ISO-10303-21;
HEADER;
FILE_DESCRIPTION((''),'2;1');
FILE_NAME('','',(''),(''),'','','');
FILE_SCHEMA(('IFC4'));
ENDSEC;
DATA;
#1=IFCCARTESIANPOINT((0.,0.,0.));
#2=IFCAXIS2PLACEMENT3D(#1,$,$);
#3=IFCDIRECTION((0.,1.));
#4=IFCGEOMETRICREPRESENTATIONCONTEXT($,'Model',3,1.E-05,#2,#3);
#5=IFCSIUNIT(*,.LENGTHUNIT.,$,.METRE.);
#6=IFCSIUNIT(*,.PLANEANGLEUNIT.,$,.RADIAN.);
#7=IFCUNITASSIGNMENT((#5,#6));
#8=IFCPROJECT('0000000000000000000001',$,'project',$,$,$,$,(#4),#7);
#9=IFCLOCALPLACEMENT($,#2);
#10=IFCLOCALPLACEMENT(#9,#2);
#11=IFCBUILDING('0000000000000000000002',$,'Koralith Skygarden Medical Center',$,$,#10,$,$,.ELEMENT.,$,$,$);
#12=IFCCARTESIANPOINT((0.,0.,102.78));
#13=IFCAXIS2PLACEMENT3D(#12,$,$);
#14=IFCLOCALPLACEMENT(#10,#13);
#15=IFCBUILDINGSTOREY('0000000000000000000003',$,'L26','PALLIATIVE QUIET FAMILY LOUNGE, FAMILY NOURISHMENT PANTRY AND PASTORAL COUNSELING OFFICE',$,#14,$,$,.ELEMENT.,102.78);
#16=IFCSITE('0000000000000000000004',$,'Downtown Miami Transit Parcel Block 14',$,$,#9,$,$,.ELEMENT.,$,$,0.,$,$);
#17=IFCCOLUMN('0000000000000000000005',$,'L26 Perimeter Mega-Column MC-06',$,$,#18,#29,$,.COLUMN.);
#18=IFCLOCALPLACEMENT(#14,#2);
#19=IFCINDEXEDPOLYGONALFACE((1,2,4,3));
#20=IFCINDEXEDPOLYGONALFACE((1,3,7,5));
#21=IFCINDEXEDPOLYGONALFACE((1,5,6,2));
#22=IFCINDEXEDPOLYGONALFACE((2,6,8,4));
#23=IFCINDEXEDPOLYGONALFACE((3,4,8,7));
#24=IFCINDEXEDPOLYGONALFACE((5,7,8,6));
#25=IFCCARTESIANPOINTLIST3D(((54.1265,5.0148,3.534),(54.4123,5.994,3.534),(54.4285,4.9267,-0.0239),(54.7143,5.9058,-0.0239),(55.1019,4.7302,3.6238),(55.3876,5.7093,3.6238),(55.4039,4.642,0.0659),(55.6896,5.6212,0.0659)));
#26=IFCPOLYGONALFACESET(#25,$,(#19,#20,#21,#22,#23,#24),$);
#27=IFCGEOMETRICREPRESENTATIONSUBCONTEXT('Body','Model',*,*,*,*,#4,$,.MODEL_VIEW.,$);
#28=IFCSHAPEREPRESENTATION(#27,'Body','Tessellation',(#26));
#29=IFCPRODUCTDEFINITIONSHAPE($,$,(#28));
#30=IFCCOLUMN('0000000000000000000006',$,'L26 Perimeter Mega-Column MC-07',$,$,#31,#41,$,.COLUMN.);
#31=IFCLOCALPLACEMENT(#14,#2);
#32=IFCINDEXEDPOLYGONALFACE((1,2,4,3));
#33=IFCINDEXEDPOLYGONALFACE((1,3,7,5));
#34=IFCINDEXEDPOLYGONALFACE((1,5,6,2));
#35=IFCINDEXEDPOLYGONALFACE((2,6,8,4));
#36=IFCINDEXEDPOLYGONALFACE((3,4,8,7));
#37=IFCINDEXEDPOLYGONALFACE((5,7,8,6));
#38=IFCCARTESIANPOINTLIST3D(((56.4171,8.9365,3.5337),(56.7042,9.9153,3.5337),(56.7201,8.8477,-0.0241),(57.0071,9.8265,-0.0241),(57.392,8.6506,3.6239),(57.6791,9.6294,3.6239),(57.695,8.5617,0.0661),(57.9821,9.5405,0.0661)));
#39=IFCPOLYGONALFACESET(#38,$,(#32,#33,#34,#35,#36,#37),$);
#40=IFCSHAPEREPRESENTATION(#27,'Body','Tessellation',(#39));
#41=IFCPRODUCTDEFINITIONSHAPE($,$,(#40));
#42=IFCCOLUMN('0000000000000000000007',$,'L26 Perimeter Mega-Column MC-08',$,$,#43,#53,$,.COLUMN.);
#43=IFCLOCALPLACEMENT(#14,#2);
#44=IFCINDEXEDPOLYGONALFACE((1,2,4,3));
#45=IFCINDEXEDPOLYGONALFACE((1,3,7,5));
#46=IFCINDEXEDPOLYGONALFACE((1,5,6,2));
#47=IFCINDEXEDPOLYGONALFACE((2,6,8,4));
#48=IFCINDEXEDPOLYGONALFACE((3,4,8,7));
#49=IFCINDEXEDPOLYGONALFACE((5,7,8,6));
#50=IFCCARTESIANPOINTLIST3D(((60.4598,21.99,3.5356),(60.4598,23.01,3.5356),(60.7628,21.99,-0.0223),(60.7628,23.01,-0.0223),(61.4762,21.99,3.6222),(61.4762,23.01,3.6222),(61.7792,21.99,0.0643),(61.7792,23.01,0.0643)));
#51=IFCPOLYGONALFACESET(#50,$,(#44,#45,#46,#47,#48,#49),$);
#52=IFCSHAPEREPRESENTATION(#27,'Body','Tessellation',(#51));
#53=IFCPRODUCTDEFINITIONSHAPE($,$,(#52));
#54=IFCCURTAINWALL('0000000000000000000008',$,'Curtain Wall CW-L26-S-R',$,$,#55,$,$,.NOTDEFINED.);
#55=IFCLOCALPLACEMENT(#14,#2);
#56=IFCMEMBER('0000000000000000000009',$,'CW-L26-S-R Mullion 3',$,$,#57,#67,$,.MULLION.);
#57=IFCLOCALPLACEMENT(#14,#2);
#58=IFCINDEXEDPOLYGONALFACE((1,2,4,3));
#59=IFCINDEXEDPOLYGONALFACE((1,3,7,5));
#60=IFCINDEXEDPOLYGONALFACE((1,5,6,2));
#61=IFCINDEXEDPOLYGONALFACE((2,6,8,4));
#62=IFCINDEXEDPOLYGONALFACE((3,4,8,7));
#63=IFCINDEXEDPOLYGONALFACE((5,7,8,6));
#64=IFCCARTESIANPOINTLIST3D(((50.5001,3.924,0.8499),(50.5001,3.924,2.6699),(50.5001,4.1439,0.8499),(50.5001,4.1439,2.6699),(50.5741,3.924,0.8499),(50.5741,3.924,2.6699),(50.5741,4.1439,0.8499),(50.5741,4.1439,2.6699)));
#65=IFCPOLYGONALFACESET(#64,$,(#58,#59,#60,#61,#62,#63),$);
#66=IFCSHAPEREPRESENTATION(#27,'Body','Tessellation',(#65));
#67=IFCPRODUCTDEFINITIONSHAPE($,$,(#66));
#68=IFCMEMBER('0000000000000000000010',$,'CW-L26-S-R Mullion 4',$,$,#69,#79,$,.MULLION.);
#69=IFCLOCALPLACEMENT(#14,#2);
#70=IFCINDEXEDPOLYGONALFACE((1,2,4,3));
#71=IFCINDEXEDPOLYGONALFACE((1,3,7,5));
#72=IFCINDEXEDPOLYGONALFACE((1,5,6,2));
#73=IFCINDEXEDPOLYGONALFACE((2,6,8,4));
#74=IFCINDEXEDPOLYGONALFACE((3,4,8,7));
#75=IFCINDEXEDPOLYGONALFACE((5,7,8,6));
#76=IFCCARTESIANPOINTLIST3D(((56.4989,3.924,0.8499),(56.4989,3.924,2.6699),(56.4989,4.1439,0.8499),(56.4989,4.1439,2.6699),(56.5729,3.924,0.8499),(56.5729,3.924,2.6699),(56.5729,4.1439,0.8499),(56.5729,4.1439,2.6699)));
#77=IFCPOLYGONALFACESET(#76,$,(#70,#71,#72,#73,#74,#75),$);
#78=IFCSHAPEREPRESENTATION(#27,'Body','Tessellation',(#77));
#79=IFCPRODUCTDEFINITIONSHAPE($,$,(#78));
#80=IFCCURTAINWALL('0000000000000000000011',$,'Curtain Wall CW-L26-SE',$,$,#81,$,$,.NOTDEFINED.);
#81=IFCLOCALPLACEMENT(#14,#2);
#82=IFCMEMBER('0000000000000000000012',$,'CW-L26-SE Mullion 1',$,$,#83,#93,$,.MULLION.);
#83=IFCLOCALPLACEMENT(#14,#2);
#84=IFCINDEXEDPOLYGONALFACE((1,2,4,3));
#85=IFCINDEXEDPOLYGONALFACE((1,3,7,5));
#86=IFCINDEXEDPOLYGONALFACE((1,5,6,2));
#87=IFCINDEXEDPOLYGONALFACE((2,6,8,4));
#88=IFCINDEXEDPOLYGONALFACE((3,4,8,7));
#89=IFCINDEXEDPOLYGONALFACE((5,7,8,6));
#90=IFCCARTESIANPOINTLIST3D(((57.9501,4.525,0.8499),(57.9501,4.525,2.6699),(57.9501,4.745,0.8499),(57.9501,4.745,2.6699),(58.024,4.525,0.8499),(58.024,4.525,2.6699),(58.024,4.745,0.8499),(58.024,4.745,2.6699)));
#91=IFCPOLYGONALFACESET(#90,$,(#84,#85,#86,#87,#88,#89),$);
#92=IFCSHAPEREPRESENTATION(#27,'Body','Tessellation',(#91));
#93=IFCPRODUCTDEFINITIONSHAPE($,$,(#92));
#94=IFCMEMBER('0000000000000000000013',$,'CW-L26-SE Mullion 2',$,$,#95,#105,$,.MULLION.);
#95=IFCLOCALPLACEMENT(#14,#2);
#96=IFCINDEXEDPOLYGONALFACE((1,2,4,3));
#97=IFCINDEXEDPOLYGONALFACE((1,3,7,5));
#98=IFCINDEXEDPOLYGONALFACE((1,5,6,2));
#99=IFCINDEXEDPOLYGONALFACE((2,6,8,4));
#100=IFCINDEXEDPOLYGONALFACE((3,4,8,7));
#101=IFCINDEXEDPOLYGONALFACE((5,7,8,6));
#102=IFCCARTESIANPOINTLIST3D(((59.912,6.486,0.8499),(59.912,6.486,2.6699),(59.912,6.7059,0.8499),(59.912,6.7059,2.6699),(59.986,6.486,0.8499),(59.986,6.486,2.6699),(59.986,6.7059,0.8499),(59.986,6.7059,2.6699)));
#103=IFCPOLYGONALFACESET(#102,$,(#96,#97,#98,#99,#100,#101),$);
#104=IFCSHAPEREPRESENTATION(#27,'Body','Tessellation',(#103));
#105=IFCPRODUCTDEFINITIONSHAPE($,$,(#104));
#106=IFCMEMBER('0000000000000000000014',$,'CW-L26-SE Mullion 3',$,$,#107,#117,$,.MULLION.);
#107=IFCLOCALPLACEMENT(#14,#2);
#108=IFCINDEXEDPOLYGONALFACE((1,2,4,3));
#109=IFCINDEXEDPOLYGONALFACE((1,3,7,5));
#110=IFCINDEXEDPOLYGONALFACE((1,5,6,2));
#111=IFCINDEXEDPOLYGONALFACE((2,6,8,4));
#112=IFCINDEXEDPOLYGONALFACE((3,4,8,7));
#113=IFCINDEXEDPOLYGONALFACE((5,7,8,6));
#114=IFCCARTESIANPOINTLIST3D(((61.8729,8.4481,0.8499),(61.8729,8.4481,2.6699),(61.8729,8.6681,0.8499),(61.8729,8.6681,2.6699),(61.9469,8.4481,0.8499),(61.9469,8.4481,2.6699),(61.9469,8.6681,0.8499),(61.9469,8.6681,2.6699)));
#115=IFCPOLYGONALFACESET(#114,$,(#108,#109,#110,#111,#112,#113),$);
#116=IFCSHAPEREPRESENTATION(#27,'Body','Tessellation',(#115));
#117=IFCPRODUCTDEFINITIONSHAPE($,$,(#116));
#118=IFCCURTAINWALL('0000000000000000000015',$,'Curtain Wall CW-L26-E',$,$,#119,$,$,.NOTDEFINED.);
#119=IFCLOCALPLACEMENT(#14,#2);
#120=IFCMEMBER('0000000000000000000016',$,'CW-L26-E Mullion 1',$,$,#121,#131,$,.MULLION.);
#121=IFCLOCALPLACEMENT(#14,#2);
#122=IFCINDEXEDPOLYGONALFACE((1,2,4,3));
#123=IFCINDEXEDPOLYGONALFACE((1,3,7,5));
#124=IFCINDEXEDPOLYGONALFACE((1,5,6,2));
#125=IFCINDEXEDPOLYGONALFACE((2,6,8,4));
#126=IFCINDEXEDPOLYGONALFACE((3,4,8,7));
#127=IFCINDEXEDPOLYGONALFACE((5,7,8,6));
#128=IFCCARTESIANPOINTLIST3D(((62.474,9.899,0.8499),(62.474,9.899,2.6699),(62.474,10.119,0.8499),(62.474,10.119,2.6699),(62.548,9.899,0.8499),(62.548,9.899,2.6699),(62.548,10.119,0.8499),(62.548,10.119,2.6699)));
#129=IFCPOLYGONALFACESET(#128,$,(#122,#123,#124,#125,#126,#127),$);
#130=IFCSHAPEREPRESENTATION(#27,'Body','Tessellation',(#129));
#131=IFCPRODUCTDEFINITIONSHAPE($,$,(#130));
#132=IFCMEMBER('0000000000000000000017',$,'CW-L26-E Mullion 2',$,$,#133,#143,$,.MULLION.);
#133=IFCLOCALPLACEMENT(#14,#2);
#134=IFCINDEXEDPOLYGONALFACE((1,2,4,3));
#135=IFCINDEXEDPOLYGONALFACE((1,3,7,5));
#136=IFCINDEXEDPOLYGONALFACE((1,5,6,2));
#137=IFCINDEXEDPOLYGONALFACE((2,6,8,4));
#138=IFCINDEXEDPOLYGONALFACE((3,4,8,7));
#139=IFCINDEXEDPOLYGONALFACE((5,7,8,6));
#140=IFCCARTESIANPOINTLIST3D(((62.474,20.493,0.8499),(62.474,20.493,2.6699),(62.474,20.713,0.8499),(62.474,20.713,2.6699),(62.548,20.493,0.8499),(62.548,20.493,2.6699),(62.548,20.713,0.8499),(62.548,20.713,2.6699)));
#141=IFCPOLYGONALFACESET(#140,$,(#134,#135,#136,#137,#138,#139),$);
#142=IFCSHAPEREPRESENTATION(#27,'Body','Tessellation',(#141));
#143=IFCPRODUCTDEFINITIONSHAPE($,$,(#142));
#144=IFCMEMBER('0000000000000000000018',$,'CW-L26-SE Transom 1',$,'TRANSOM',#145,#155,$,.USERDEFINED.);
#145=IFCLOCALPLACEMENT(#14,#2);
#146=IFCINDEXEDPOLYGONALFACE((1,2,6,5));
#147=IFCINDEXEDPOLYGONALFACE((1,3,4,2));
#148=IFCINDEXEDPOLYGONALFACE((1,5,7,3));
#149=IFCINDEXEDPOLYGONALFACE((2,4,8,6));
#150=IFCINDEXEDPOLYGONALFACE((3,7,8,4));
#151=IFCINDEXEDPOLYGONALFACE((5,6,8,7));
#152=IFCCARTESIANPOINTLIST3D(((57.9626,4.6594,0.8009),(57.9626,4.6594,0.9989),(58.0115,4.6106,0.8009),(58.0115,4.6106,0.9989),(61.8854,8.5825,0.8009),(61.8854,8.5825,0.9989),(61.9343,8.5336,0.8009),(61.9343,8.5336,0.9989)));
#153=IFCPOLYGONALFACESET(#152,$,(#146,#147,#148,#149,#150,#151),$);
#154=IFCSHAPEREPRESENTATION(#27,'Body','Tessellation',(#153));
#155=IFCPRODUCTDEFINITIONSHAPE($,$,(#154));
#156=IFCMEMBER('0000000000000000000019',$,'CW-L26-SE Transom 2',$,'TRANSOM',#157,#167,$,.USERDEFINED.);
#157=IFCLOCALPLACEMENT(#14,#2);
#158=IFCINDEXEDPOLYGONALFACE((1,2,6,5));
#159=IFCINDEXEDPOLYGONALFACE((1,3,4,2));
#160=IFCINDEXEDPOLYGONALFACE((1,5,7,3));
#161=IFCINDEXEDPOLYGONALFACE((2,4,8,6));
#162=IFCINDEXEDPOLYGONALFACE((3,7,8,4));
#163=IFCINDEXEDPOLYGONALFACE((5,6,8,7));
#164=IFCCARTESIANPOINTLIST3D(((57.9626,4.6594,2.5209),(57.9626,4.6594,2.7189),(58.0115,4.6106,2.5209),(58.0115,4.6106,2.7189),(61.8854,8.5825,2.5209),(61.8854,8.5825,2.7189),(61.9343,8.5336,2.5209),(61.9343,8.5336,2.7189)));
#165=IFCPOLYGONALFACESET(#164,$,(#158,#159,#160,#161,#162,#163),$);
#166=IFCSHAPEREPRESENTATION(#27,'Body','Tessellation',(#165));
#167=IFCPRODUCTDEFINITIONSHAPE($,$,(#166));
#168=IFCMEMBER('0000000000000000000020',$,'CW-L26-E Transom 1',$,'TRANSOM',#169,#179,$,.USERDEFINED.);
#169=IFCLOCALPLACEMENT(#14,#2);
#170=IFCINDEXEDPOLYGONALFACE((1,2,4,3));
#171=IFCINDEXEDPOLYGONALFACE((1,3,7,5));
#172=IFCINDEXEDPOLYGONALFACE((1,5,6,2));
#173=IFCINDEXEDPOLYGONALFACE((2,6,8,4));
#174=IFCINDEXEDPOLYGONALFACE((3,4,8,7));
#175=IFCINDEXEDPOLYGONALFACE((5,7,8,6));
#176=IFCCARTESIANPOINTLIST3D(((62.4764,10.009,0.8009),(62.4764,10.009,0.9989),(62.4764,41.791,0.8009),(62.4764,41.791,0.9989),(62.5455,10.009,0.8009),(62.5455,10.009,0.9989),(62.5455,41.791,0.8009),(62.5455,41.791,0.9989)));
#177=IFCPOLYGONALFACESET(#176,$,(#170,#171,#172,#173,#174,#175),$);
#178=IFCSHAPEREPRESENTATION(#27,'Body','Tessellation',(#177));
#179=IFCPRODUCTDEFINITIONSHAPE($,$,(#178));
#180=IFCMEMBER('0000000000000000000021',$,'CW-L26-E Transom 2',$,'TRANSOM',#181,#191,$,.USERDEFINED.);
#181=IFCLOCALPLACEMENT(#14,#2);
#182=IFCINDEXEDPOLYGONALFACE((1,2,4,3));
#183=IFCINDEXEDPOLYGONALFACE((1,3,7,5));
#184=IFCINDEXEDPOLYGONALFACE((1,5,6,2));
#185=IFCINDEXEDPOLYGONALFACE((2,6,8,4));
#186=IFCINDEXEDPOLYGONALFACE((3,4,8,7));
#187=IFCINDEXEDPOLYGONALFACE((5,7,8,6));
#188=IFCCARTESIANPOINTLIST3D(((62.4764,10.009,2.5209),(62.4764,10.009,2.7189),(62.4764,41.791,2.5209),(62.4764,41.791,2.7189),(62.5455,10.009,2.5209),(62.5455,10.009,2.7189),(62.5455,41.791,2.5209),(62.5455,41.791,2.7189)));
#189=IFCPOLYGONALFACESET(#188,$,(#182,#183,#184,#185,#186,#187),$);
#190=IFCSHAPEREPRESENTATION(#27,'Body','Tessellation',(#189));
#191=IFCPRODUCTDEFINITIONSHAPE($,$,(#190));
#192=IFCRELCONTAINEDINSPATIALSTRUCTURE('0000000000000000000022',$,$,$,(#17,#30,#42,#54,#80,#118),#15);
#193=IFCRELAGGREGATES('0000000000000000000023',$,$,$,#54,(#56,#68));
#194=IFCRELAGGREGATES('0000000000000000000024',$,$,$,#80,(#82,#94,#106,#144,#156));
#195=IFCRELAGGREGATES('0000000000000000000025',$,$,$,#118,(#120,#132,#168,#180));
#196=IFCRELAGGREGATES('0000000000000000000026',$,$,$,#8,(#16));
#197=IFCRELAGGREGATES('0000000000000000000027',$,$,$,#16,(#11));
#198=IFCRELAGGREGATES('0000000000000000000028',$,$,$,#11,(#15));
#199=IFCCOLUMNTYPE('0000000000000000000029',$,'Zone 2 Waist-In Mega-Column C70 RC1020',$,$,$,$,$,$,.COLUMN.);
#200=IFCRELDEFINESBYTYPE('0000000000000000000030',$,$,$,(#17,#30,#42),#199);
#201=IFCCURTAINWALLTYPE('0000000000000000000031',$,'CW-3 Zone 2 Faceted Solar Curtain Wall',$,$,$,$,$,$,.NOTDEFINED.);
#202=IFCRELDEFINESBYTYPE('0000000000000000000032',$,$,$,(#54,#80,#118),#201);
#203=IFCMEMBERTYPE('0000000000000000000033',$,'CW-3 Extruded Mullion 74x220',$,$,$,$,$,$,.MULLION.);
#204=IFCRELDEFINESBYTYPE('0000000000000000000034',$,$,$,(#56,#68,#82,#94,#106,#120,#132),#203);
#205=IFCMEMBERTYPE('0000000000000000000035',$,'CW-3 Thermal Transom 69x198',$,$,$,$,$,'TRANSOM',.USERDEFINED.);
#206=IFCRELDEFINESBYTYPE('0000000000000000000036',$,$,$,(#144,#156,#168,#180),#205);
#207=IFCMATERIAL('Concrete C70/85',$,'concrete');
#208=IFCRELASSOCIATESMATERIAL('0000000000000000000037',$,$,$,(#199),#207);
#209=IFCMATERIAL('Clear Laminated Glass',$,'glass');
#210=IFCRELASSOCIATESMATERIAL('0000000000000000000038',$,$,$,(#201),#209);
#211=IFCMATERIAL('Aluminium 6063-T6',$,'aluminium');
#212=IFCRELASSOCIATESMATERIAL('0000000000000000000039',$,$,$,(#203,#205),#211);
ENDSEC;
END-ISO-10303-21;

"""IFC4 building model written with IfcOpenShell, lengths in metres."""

from ifc_helpers import new_model, si_unit, direction, frame, origin, origin_2d, place, context, subcontext, project, spatial, rectangle, extrude, material, material_profile, profile_set, type_object, element, aggregate, save


model = new_model("IFC4")

# Units and contexts
model_context = context("Model", 3, precision=1e-05, world=origin(), true_north=direction((0.0, 1.0)))
body_context = subcontext(model_context, "Body", "Model", "MODEL_VIEW")
ifc_project = project(units=[si_unit("LENGTHUNIT", "METRE"), si_unit("PLANEANGLEUNIT", "RADIAN")], contexts=[model_context])

# Site, building, storey
site_placement = place(None, origin())
site = spatial("IfcSite", under=ifc_project, at=site_placement, Name="Downtown Miami Transit Parcel Block 14", CompositionType="ELEMENT", RefElevation=0.0)
building_placement = place(site_placement, origin())
building = spatial("IfcBuilding", under=site, at=building_placement, Name="Koralith Skygarden Medical Center", CompositionType="ELEMENT")
storey_placement = place(building_placement, frame((0.0, 0.0, 102.78)))
storey = spatial("IfcBuildingStorey", under=building, at=storey_placement, Name="L26", Description="PALLIATIVE QUIET FAMILY LOUNGE, FAMILY NOURISHMENT PANTRY AND PASTORAL COUNSELING OFFICE", CompositionType="ELEMENT", Elevation=102.78)

# Columns
ifc_material_1 = material(Name="Concrete C70/85", Category="concrete")
ifc_material_profile_1 = material_profile(ifc_material_1, rectangle(XDim=1.02, YDim=1.02, at=origin_2d()), Name="RC1020X1020")
ifc_profile_set_1 = profile_set([ifc_material_profile_1], Name="Concrete C70/85")
column_type = type_object("IfcColumnType", Name="Zone 2 Waist-In Mega-Column C70 RC1020", PredefinedType="COLUMN", material=ifc_profile_set_1)
for number, where, z_axis, x_axis, name in (
    (1, (55.0591, 5.2739, 0.021), (-0.084553, 0.024676, 0.996113), (-0.280149, -0.959957, 0.0), "L26 Perimeter Mega-Column MC-06"),
    (2, (57.3511, 9.1941, 0.021), (-0.084824, 0.02488, 0.996085), (-0.281455, -0.959575, 0.0), "L26 Perimeter Mega-Column MC-07"),
):
    element("IfcColumn", number, at=place(storey_placement, frame(where, z_axis=z_axis, x_axis=x_axis)), inside=storey, type_object=column_type, Name=name, PredefinedType="COLUMN", context=body_context, shape_type="SweptSolid", body=[
        extrude(rectangle(XDim=1.02, YDim=1.02, at=origin_2d()), origin(), (0.0, 0.0, 1.0), 3.5718),
    ])
column_placement = place(storey_placement, frame((61.271, 22.5, 0.021), z_axis=(-0.08485, 0.0, 0.996394), x_axis=(0.0, -1.0, 0.0)))
element("IfcColumn", 3, at=column_placement, inside=storey, type_object=column_type, Name="L26 Perimeter Mega-Column MC-08", PredefinedType="COLUMN", context=body_context, shape_type="SweptSolid", body=[
    extrude(rectangle(XDim=1.02, YDim=1.02, at=origin_2d()), origin(), (0.0, 0.0, 1.0), 3.5708),
])

# Curtain walls, members
ifc_material_2 = material(Name="Clear Laminated Glass", Category="glass")
curtain_wall_type = type_object("IfcCurtainWallType", Name="CW-3 Zone 2 Faceted Solar Curtain Wall", PredefinedType="NOTDEFINED", material=ifc_material_2)
curtain_wall_1_placement = place(storey_placement, origin())
curtain_wall_1 = element("IfcCurtainWall", 4, at=curtain_wall_1_placement, inside=storey, type_object=curtain_wall_type, Name="Curtain Wall CW-L26-S-R", PredefinedType="NOTDEFINED")
ifc_material_3 = material(Name="Aluminium 6063-T6", Category="aluminium")
ifc_material_profile_2 = material_profile(ifc_material_3, rectangle(XDim=0.074, YDim=0.22, at=origin_2d()), Name="MUL74X220")
ifc_profile_set_2 = profile_set([ifc_material_profile_2], Name="Aluminium 6063-T6")
member_type_1 = type_object("IfcMemberType", Name="CW-3 Extruded Mullion 74x220", PredefinedType="MULLION", material=ifc_profile_set_2)
member_1_placement = place(storey_placement, frame((50.5371, 4.0339, 0.8499), z_axis=(0.0, 0.0, 1.0), x_axis=(1.0, 0.0, 0.0)))
member_1 = element("IfcMember", 5, at=member_1_placement, type_object=member_type_1, Name="CW-L26-S-R Mullion 3", PredefinedType="MULLION", context=body_context, shape_type="SweptSolid", body=[
    extrude(rectangle(XDim=0.074, YDim=0.22, at=origin_2d()), origin(), (0.0, 0.0, 1.0), 1.8201),
])
member_2_placement = place(storey_placement, frame((56.5359, 4.0339, 0.8499), z_axis=(0.0, 0.0, 1.0), x_axis=(1.0, 0.0, 0.0)))
member_2 = element("IfcMember", 6, at=member_2_placement, type_object=member_type_1, Name="CW-L26-S-R Mullion 4", PredefinedType="MULLION", context=body_context, shape_type="SweptSolid", body=[
    extrude(rectangle(XDim=0.074, YDim=0.22, at=origin_2d()), origin(), (0.0, 0.0, 1.0), 1.8201),
])
curtain_wall_2_placement = place(storey_placement, origin())
curtain_wall_2 = element("IfcCurtainWall", 7, at=curtain_wall_2_placement, inside=storey, type_object=curtain_wall_type, Name="Curtain Wall CW-L26-SE", PredefinedType="NOTDEFINED")
member_3_placement = place(storey_placement, frame((57.9871, 4.635, 0.8499), z_axis=(0.0, 0.0, 1.0), x_axis=(1.0, 0.0, 0.0)))
member_3 = element("IfcMember", 8, at=member_3_placement, type_object=member_type_1, Name="CW-L26-SE Mullion 1", PredefinedType="MULLION", context=body_context, shape_type="SweptSolid", body=[
    extrude(rectangle(XDim=0.074, YDim=0.22, at=origin_2d()), origin(), (0.0, 0.0, 1.0), 1.8201),
])
member_4_placement = place(storey_placement, frame((59.949, 6.5959, 0.8499), z_axis=(0.0, 0.0, 1.0), x_axis=(1.0, 0.0, 0.0)))
member_4 = element("IfcMember", 9, at=member_4_placement, type_object=member_type_1, Name="CW-L26-SE Mullion 2", PredefinedType="MULLION", context=body_context, shape_type="SweptSolid", body=[
    extrude(rectangle(XDim=0.074, YDim=0.22, at=origin_2d()), origin(), (0.0, 0.0, 1.0), 1.8201),
])
member_5_placement = place(storey_placement, frame((61.9099, 8.5581, 0.8499), z_axis=(0.0, 0.0, 1.0), x_axis=(1.0, 0.0, 0.0)))
member_5 = element("IfcMember", 10, at=member_5_placement, type_object=member_type_1, Name="CW-L26-SE Mullion 3", PredefinedType="MULLION", context=body_context, shape_type="SweptSolid", body=[
    extrude(rectangle(XDim=0.074, YDim=0.22, at=origin_2d()), origin(), (0.0, 0.0, 1.0), 1.8201),
])
curtain_wall_3_placement = place(storey_placement, origin())
curtain_wall_3 = element("IfcCurtainWall", 11, at=curtain_wall_3_placement, inside=storey, type_object=curtain_wall_type, Name="Curtain Wall CW-L26-E", PredefinedType="NOTDEFINED")
member_6_placement = place(storey_placement, frame((62.511, 10.009, 0.8499), z_axis=(0.0, 0.0, 1.0), x_axis=(1.0, 0.0, 0.0)))
member_6 = element("IfcMember", 12, at=member_6_placement, type_object=member_type_1, Name="CW-L26-E Mullion 1", PredefinedType="MULLION", context=body_context, shape_type="SweptSolid", body=[
    extrude(rectangle(XDim=0.074, YDim=0.22, at=origin_2d()), origin(), (0.0, 0.0, 1.0), 1.8201),
])
member_7_placement = place(storey_placement, frame((62.511, 20.603, 0.8499), z_axis=(0.0, 0.0, 1.0), x_axis=(1.0, 0.0, 0.0)))
member_7 = element("IfcMember", 13, at=member_7_placement, type_object=member_type_1, Name="CW-L26-E Mullion 2", PredefinedType="MULLION", context=body_context, shape_type="SweptSolid", body=[
    extrude(rectangle(XDim=0.074, YDim=0.22, at=origin_2d()), origin(), (0.0, 0.0, 1.0), 1.8201),
])

# Members
ifc_material_profile_3 = material_profile(ifc_material_3, rectangle(XDim=0.0691, YDim=0.198, at=origin_2d()), Name="TRN69X198")
ifc_profile_set_3 = profile_set([ifc_material_profile_3], Name="Aluminium 6063-T6")
member_type_2 = type_object("IfcMemberType", Name="CW-3 Thermal Transom 69x198", ElementType="TRANSOM", PredefinedType="USERDEFINED", material=ifc_profile_set_3)
member_8_placement = place(storey_placement, frame((57.9871, 4.635, 0.8999), z_axis=(0.707085, 0.707129, 0.0), x_axis=(-0.707129, 0.707085, 0.0)))
member_8 = element("IfcMember", 14, at=member_8_placement, type_object=member_type_2, Name="CW-L26-SE Transom 1", ObjectType="TRANSOM", PredefinedType="USERDEFINED", context=body_context, shape_type="SweptSolid", body=[
    extrude(rectangle(XDim=0.0691, YDim=0.198, at=origin_2d()), origin(), (0.0, 0.0, 1.0), 5.5479),
])
member_9_placement = place(storey_placement, frame((57.9871, 4.635, 2.6199), z_axis=(0.707085, 0.707129, 0.0), x_axis=(-0.707129, 0.707085, 0.0)))
member_9 = element("IfcMember", 15, at=member_9_placement, type_object=member_type_2, Name="CW-L26-SE Transom 2", ObjectType="TRANSOM", PredefinedType="USERDEFINED", context=body_context, shape_type="SweptSolid", body=[
    extrude(rectangle(XDim=0.0691, YDim=0.198, at=origin_2d()), origin(), (0.0, 0.0, 1.0), 5.5479),
])
member_10_placement = place(storey_placement, frame((62.511, 10.009, 0.8999), z_axis=(0.0, 1.0, 0.0), x_axis=(-1.0, 0.0, 0.0)))
member_10 = element("IfcMember", 16, at=member_10_placement, type_object=member_type_2, Name="CW-L26-E Transom 1", ObjectType="TRANSOM", PredefinedType="USERDEFINED", context=body_context, shape_type="SweptSolid", body=[
    extrude(rectangle(XDim=0.0691, YDim=0.198, at=origin_2d()), origin(), (0.0, 0.0, 1.0), 31.782),
])
member_11_placement = place(storey_placement, frame((62.511, 10.009, 2.6199), z_axis=(0.0, 1.0, 0.0), x_axis=(-1.0, 0.0, 0.0)))
member_11 = element("IfcMember", 17, at=member_11_placement, type_object=member_type_2, Name="CW-L26-E Transom 2", ObjectType="TRANSOM", PredefinedType="USERDEFINED", context=body_context, shape_type="SweptSolid", body=[
    extrude(rectangle(XDim=0.0691, YDim=0.198, at=origin_2d()), origin(), (0.0, 0.0, 1.0), 31.782),
])

aggregate(curtain_wall_1, [member_1, member_2])
aggregate(curtain_wall_2, [member_3, member_4, member_5, member_8, member_9])
aggregate(curtain_wall_3, [member_6, member_7, member_10, member_11])

save(model, "model.ifc")
